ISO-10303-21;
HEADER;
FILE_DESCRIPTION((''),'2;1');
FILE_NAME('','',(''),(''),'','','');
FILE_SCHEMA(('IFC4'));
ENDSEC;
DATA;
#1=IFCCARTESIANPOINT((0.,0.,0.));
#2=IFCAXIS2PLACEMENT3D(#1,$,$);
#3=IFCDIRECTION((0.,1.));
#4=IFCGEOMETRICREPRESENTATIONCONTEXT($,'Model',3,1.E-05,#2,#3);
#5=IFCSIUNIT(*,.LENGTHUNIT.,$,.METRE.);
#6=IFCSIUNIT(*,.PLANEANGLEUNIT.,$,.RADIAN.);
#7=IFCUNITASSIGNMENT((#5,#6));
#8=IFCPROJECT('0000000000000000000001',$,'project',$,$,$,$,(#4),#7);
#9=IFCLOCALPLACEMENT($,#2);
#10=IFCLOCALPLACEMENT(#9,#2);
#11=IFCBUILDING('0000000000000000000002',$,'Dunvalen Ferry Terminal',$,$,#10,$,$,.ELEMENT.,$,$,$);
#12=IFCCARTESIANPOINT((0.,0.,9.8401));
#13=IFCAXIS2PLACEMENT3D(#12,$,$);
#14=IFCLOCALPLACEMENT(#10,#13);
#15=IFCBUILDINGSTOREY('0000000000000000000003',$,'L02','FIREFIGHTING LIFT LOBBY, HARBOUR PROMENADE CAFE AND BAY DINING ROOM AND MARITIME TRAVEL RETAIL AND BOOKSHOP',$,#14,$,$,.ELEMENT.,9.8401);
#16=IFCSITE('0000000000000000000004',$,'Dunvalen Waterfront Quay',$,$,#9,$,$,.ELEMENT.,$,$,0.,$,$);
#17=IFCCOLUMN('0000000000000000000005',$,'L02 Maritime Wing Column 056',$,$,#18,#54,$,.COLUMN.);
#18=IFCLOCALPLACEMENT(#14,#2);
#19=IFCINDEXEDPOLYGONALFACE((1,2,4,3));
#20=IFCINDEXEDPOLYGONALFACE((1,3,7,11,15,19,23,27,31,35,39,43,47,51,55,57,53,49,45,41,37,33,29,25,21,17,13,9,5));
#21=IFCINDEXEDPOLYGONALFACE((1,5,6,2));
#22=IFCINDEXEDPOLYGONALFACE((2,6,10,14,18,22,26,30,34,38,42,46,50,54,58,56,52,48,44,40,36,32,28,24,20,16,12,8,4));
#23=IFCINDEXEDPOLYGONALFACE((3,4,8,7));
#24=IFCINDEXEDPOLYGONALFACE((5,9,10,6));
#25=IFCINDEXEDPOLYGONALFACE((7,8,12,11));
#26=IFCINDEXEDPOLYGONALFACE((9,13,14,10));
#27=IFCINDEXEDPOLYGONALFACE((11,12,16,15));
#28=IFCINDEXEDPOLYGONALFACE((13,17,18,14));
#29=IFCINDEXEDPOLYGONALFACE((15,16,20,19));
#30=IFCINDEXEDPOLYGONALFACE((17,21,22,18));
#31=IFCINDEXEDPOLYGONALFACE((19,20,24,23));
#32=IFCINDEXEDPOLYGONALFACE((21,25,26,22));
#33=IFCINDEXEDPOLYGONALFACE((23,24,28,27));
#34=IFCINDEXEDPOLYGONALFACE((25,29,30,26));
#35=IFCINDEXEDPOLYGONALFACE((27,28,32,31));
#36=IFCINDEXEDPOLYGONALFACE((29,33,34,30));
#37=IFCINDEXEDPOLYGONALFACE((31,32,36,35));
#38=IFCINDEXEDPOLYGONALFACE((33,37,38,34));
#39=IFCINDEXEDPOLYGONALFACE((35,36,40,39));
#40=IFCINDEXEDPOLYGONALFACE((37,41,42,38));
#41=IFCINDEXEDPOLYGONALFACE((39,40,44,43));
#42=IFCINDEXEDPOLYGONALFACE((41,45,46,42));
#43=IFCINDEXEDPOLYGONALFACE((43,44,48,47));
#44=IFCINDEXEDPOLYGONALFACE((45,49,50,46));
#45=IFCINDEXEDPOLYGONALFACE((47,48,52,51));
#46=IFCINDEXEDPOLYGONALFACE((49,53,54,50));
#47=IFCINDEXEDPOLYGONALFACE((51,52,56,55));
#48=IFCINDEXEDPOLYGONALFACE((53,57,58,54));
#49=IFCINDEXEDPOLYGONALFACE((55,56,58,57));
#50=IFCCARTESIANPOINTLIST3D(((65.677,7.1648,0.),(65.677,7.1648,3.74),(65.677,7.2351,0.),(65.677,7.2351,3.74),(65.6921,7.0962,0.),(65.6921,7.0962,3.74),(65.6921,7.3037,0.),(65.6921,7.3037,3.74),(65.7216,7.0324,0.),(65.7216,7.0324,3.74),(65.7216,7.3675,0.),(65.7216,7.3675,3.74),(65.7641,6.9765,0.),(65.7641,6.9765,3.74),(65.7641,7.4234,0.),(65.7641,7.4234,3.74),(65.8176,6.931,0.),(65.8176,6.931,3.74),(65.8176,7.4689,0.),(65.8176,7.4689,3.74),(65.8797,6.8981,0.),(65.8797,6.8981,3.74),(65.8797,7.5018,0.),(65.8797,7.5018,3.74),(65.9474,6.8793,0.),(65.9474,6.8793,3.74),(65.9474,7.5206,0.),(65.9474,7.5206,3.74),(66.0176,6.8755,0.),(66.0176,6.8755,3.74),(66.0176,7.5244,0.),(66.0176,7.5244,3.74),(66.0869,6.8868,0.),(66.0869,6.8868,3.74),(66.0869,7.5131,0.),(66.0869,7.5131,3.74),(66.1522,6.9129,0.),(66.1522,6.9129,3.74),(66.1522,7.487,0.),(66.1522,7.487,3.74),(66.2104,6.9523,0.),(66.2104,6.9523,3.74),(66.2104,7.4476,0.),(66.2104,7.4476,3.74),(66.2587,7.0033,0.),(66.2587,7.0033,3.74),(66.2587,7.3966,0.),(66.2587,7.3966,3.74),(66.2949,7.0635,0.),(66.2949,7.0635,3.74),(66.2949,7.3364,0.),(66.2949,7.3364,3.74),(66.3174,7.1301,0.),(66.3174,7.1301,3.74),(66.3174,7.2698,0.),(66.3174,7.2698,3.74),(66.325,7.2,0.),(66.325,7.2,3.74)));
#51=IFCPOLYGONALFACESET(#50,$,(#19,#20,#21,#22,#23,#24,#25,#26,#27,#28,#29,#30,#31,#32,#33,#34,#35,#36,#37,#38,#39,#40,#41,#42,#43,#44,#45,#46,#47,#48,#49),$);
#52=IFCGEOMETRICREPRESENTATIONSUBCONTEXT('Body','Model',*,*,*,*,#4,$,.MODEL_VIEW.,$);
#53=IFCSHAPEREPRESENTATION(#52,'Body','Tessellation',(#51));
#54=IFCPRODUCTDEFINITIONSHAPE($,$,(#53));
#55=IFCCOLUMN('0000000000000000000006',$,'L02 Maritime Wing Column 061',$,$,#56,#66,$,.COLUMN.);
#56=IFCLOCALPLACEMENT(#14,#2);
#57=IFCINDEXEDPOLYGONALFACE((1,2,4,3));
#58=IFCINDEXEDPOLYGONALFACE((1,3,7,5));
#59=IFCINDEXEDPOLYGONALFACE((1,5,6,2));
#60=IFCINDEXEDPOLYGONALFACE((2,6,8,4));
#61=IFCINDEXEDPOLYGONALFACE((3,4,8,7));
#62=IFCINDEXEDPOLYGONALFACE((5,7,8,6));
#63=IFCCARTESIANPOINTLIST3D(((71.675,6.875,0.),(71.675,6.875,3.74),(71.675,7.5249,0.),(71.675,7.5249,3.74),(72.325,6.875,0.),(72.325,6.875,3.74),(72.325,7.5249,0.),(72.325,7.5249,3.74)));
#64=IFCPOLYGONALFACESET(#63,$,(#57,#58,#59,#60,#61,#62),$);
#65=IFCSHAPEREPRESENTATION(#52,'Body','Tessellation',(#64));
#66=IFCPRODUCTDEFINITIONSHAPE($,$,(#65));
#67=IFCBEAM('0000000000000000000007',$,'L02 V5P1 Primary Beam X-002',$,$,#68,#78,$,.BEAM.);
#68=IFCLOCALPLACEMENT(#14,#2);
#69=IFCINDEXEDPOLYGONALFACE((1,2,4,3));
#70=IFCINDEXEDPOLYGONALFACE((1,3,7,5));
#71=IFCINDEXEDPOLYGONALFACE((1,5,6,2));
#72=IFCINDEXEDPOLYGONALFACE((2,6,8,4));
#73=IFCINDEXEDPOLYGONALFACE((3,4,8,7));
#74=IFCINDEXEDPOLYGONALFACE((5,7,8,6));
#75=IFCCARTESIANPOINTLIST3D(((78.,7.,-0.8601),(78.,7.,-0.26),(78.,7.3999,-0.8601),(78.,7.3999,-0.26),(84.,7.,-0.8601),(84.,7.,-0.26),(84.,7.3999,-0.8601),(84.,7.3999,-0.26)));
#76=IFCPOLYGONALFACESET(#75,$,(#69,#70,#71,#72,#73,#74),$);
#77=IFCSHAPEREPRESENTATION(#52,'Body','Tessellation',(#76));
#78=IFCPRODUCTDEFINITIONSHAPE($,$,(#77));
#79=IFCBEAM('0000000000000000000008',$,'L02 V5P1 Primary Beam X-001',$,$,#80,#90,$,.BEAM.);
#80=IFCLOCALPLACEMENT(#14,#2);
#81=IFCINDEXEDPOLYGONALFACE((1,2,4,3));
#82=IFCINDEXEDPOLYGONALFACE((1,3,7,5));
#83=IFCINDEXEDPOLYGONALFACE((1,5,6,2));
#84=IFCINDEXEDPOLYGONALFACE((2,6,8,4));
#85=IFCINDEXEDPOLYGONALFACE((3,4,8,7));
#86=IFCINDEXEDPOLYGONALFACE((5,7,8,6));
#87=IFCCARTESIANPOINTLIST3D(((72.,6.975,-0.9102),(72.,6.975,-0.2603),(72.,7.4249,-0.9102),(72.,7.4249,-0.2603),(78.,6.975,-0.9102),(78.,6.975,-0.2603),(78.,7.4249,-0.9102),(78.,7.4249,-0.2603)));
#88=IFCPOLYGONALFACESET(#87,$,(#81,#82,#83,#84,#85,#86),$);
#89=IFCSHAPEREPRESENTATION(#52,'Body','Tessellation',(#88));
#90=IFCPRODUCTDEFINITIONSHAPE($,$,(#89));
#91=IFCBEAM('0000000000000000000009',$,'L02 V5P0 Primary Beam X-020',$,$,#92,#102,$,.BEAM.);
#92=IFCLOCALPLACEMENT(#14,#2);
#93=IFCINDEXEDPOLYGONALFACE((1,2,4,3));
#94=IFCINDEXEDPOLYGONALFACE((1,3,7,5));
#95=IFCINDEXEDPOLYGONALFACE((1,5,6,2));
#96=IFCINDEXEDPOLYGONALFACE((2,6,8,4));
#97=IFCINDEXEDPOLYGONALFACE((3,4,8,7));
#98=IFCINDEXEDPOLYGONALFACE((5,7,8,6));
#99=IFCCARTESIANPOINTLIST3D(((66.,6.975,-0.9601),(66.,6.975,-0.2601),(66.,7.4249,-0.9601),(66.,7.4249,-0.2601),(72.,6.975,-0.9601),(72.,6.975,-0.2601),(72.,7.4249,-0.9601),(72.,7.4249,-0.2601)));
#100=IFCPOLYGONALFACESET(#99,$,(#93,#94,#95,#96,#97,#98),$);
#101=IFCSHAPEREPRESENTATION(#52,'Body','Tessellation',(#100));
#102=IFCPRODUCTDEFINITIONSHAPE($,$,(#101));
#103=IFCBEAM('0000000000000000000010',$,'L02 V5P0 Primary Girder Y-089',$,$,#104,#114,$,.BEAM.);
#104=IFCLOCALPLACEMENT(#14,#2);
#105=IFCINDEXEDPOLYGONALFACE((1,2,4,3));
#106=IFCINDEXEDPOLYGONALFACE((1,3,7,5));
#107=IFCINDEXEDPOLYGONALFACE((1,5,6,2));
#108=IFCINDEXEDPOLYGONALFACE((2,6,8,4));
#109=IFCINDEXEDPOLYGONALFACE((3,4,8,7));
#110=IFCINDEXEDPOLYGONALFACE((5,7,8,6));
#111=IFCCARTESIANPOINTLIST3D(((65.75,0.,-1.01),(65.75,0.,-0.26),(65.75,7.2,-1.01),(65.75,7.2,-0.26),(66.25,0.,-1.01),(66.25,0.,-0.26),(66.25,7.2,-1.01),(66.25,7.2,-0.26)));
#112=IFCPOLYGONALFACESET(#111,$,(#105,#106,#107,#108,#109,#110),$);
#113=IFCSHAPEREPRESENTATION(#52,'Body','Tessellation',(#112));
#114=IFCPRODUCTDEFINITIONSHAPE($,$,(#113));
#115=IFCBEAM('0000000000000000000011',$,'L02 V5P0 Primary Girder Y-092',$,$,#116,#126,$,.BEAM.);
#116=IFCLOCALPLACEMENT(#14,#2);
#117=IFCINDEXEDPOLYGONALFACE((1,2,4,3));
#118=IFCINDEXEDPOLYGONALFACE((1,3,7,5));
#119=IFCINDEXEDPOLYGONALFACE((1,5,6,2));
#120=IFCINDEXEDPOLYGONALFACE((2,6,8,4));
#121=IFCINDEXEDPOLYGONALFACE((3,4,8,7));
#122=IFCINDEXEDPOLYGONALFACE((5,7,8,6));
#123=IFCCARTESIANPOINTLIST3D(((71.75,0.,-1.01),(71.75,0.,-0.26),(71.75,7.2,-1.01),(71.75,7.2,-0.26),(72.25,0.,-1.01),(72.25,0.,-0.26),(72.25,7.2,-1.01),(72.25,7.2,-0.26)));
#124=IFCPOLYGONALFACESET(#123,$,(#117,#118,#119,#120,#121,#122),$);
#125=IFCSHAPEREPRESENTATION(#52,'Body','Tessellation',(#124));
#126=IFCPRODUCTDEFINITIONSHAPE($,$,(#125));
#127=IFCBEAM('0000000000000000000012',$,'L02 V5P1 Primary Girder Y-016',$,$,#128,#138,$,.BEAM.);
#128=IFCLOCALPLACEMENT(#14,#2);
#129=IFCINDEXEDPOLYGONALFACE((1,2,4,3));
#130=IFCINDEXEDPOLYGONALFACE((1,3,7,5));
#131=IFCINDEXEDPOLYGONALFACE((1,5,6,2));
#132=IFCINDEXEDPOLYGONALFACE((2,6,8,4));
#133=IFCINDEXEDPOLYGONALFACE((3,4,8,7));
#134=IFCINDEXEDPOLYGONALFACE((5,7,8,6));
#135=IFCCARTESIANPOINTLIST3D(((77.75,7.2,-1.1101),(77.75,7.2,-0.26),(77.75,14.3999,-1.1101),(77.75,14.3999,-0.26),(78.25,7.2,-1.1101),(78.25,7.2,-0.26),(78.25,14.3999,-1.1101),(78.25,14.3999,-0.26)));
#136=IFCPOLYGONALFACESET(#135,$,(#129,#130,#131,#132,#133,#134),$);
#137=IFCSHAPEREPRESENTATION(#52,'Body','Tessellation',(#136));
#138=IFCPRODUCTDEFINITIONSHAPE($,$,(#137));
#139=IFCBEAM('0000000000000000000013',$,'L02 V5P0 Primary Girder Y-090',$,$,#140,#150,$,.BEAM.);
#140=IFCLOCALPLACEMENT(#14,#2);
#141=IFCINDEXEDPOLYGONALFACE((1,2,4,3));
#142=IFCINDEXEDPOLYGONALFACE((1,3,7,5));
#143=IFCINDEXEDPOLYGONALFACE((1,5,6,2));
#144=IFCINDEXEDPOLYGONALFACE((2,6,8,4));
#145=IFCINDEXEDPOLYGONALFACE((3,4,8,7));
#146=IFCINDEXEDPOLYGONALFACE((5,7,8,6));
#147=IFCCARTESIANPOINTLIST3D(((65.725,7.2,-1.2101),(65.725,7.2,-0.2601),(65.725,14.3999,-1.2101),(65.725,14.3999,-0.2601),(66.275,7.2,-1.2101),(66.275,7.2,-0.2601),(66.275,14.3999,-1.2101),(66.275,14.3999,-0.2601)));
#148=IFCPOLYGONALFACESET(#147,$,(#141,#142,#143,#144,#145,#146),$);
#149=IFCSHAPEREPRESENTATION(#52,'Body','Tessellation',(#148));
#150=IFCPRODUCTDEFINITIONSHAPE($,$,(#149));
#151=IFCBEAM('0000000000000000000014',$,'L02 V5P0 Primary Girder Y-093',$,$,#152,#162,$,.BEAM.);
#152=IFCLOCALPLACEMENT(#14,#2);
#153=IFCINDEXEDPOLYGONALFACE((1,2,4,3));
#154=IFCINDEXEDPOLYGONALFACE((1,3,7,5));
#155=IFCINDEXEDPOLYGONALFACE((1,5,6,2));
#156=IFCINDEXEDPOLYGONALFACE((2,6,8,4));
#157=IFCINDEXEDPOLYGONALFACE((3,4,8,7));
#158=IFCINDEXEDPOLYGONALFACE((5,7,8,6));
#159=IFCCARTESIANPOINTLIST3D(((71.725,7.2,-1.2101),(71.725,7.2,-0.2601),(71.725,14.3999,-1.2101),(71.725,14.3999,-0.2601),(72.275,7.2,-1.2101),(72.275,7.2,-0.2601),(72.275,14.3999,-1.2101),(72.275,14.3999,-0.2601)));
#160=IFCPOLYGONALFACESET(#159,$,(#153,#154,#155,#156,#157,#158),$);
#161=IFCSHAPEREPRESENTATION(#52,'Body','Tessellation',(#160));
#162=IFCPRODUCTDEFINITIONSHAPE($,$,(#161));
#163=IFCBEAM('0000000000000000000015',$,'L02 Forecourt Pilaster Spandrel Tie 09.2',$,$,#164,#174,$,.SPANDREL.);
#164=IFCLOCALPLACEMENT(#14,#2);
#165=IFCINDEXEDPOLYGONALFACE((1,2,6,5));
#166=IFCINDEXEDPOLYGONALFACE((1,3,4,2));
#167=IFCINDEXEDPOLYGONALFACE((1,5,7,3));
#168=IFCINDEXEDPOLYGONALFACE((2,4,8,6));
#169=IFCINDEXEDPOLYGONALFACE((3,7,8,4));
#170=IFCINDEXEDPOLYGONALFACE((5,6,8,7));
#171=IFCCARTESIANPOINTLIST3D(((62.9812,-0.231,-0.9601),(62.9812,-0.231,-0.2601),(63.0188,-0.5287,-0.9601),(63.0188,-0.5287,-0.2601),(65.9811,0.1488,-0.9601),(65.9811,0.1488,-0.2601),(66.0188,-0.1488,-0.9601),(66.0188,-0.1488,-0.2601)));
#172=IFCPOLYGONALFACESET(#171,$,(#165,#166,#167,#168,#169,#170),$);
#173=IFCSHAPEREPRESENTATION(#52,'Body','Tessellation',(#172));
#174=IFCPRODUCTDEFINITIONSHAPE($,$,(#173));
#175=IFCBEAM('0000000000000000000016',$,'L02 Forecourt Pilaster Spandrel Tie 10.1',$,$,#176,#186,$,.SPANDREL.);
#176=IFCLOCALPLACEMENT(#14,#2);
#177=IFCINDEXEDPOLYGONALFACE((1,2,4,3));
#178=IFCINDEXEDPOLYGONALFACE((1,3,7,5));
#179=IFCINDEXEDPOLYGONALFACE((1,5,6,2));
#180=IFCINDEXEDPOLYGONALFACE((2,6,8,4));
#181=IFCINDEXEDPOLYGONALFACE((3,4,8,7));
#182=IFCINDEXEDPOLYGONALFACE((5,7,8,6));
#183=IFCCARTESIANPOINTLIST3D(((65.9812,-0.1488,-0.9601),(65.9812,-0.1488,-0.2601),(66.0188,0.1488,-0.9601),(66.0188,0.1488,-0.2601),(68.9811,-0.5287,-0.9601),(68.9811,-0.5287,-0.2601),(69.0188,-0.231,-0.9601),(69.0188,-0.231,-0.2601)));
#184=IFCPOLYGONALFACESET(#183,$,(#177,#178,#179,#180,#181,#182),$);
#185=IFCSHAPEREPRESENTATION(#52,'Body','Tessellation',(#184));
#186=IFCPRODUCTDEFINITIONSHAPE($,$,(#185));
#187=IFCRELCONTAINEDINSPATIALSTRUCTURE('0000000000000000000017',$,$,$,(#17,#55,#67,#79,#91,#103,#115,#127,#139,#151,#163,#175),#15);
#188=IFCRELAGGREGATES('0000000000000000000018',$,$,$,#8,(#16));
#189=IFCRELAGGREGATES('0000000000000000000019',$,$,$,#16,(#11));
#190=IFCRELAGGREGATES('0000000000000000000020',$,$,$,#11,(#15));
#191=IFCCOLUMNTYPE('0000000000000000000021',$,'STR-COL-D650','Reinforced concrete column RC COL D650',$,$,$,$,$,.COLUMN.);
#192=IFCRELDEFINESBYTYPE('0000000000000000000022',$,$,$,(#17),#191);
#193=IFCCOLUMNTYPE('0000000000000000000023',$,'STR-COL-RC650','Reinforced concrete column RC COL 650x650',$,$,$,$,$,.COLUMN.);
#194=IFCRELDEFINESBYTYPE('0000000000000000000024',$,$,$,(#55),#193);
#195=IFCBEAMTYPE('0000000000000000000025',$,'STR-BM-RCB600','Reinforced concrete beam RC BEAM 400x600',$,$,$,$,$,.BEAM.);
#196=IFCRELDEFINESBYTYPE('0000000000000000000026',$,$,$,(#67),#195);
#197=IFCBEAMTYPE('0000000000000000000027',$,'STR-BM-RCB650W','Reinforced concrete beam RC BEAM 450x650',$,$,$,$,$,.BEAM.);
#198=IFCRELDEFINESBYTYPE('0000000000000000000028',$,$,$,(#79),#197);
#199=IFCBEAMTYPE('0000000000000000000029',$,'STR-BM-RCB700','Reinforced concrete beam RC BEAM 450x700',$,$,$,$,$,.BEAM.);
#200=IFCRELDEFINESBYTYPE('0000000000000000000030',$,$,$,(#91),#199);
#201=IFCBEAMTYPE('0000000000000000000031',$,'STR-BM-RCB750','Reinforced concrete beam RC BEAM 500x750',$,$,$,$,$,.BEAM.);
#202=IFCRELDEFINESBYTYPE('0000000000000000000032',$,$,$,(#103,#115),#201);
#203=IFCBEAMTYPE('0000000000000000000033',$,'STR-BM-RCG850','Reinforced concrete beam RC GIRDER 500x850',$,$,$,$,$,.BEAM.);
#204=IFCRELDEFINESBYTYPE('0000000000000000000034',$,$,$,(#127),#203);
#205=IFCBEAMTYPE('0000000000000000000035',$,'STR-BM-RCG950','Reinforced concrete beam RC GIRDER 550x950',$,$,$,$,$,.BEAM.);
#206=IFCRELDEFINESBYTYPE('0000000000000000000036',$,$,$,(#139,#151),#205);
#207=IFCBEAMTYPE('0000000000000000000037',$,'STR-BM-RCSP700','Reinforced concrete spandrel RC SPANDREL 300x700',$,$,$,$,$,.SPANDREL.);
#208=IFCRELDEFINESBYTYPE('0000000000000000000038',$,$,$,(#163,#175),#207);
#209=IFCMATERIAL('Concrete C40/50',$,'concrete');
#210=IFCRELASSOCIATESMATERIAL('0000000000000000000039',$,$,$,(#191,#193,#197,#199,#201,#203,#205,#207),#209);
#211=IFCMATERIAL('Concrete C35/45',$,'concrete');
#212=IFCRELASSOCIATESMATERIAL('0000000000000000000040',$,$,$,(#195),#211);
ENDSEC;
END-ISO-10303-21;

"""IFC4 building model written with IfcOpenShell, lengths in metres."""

from ifc_helpers import new_model, si_unit, direction, frame, origin, origin_2d, place, context, subcontext, project, spatial, rectangle, circle, extrude, material, material_profile, profile_set, type_object, element, save


model = new_model("IFC4")

# Units and contexts
model_context = context("Model", 3, precision=1e-05, world=origin(), true_north=direction((0.0, 1.0)))
body_context = subcontext(model_context, "Body", "Model", "MODEL_VIEW")
ifc_project = project(units=[si_unit("LENGTHUNIT", "METRE"), si_unit("PLANEANGLEUNIT", "RADIAN")], contexts=[model_context])

# Site, building, storey
site_placement = place(None, origin())
site = spatial("IfcSite", under=ifc_project, at=site_placement, Name="Dunvalen Waterfront Quay", CompositionType="ELEMENT", RefElevation=0.0)
building_placement = place(site_placement, origin())
building = spatial("IfcBuilding", under=site, at=building_placement, Name="Dunvalen Ferry Terminal", CompositionType="ELEMENT")
storey_placement = place(building_placement, frame((0.0, 0.0, 9.8401)))
storey = spatial("IfcBuildingStorey", under=building, at=storey_placement, Name="L02", Description="FIREFIGHTING LIFT LOBBY, HARBOUR PROMENADE CAFE AND BAY DINING ROOM AND MARITIME TRAVEL RETAIL AND BOOKSHOP", CompositionType="ELEMENT", Elevation=9.8401)

# Columns
ifc_material_1 = material(Name="Concrete C40/50", Category="concrete")
ifc_material_profile_1 = material_profile(ifc_material_1, circle(Radius=0.325, at=origin_2d()), Name="Concrete C40/50")
ifc_profile_set_1 = profile_set([ifc_material_profile_1], Name="Concrete C40/50")
column_type_1 = type_object("IfcColumnType", Name="STR-COL-D650", Description="Reinforced concrete column RC COL D650", PredefinedType="COLUMN", material=ifc_profile_set_1)
column_1_placement = place(storey_placement, frame((66.0, 7.2, 0.0), z_axis=(0.0, 0.0, 1.0), x_axis=(1.0, 0.0, 0.0)))
element("IfcColumn", 1, at=column_1_placement, inside=storey, type_object=column_type_1, Name="L02 Maritime Wing Column 056", PredefinedType="COLUMN", context=body_context, shape_type="SweptSolid", body=[
    extrude(circle(Radius=0.325, at=origin_2d()), origin(), (0.0, 0.0, 1.0), 3.74),
])
ifc_material_profile_2 = material_profile(ifc_material_1, rectangle(XDim=0.6499, YDim=0.6499, at=origin_2d()), Name="Concrete C40/50")
ifc_profile_set_2 = profile_set([ifc_material_profile_2], Name="Concrete C40/50")
column_type_2 = type_object("IfcColumnType", Name="STR-COL-RC650", Description="Reinforced concrete column RC COL 650x650", PredefinedType="COLUMN", material=ifc_profile_set_2)
column_2_placement = place(storey_placement, frame((72.0, 7.2, 0.0), z_axis=(0.0, 0.0, 1.0), x_axis=(1.0, 0.0, 0.0)))
element("IfcColumn", 2, at=column_2_placement, inside=storey, type_object=column_type_2, Name="L02 Maritime Wing Column 061", PredefinedType="COLUMN", context=body_context, shape_type="SweptSolid", body=[
    extrude(rectangle(XDim=0.6499, YDim=0.6499, at=origin_2d()), origin(), (0.0, 0.0, 1.0), 3.74),
])

# Beams
ifc_material_2 = material(Name="Concrete C35/45", Category="concrete")
ifc_material_profile_3 = material_profile(ifc_material_2, rectangle(XDim=0.3999, YDim=0.6001, at=origin_2d()), Name="Concrete C35/45")
ifc_profile_set_3 = profile_set([ifc_material_profile_3], Name="Concrete C35/45")
beam_type_1 = type_object("IfcBeamType", Name="STR-BM-RCB600", Description="Reinforced concrete beam RC BEAM 400x600", PredefinedType="BEAM", material=ifc_profile_set_3)
beam_1_placement = place(storey_placement, frame((78.0, 7.2, -0.5601), z_axis=(1.0, 0.0, 0.0), x_axis=(0.0, 1.0, 0.0)))
element("IfcBeam", 3, at=beam_1_placement, inside=storey, type_object=beam_type_1, Name="L02 V5P1 Primary Beam X-002", PredefinedType="BEAM", context=body_context, shape_type="SweptSolid", body=[
    extrude(rectangle(XDim=0.3999, YDim=0.6001, at=origin_2d()), origin(), (0.0, 0.0, 1.0), 6.0),
])
ifc_material_profile_4 = material_profile(ifc_material_1, rectangle(XDim=0.45, YDim=0.6499, at=origin_2d()), Name="Concrete C40/50")
ifc_profile_set_4 = profile_set([ifc_material_profile_4], Name="Concrete C40/50")
beam_type_2 = type_object("IfcBeamType", Name="STR-BM-RCB650W", Description="Reinforced concrete beam RC BEAM 450x650", PredefinedType="BEAM", material=ifc_profile_set_4)
beam_2_placement = place(storey_placement, frame((72.0, 7.2, -0.5852), z_axis=(1.0, 0.0, 0.0), x_axis=(0.0, 1.0, 0.0)))
element("IfcBeam", 4, at=beam_2_placement, inside=storey, type_object=beam_type_2, Name="L02 V5P1 Primary Beam X-001", PredefinedType="BEAM", context=body_context, shape_type="SweptSolid", body=[
    extrude(rectangle(XDim=0.45, YDim=0.6499, at=origin_2d()), origin(), (0.0, 0.0, 1.0), 6.0),
])
ifc_material_profile_5 = material_profile(ifc_material_1, rectangle(XDim=0.45, YDim=0.7, at=origin_2d()), Name="Concrete C40/50")
ifc_profile_set_5 = profile_set([ifc_material_profile_5], Name="Concrete C40/50")
beam_type_3 = type_object("IfcBeamType", Name="STR-BM-RCB700", Description="Reinforced concrete beam RC BEAM 450x700", PredefinedType="BEAM", material=ifc_profile_set_5)
beam_3_placement = place(storey_placement, frame((66.0, 7.2, -0.6101), z_axis=(1.0, 0.0, 0.0), x_axis=(0.0, 1.0, 0.0)))
element("IfcBeam", 5, at=beam_3_placement, inside=storey, type_object=beam_type_3, Name="L02 V5P0 Primary Beam X-020", PredefinedType="BEAM", context=body_context, shape_type="SweptSolid", body=[
    extrude(rectangle(XDim=0.45, YDim=0.7, at=origin_2d()), origin(), (0.0, 0.0, 1.0), 6.0),
])
ifc_material_profile_6 = material_profile(ifc_material_1, rectangle(XDim=0.5, YDim=0.75, at=origin_2d()), Name="Concrete C40/50")
ifc_profile_set_6 = profile_set([ifc_material_profile_6], Name="Concrete C40/50")
beam_type_4 = type_object("IfcBeamType", Name="STR-BM-RCB750", Description="Reinforced concrete beam RC BEAM 500x750", PredefinedType="BEAM", material=ifc_profile_set_6)
for number, where, z_axis, x_axis, name in (
    (6, (66.0, 0.0, -0.635), (0.0, 1.0, 0.0), (-1.0, 0.0, 0.0), "L02 V5P0 Primary Girder Y-089"),
    (7, (72.0, 0.0, -0.635), (0.0, 1.0, 0.0), (-1.0, 0.0, 0.0), "L02 V5P0 Primary Girder Y-092"),
):
    element("IfcBeam", number, at=place(storey_placement, frame(where, z_axis=z_axis, x_axis=x_axis)), inside=storey, type_object=beam_type_4, Name=name, PredefinedType="BEAM", context=body_context, shape_type="SweptSolid", body=[
        extrude(rectangle(XDim=0.5, YDim=0.75, at=origin_2d()), origin(), (0.0, 0.0, 1.0), 7.2),
    ])
ifc_material_profile_7 = material_profile(ifc_material_1, rectangle(XDim=0.5, YDim=0.8501, at=origin_2d()), Name="Concrete C40/50")
ifc_profile_set_7 = profile_set([ifc_material_profile_7], Name="Concrete C40/50")
beam_type_5 = type_object("IfcBeamType", Name="STR-BM-RCG850", Description="Reinforced concrete beam RC GIRDER 500x850", PredefinedType="BEAM", material=ifc_profile_set_7)
beam_4_placement = place(storey_placement, frame((78.0, 7.2, -0.6851), z_axis=(0.0, 1.0, 0.0), x_axis=(-1.0, 0.0, 0.0)))
element("IfcBeam", 8, at=beam_4_placement, inside=storey, type_object=beam_type_5, Name="L02 V5P1 Primary Girder Y-016", PredefinedType="BEAM", context=body_context, shape_type="SweptSolid", body=[
    extrude(rectangle(XDim=0.5, YDim=0.8501, at=origin_2d()), origin(), (0.0, 0.0, 1.0), 7.2),
])
ifc_material_profile_8 = material_profile(ifc_material_1, rectangle(XDim=0.55, YDim=0.95, at=origin_2d()), Name="Concrete C40/50")
ifc_profile_set_8 = profile_set([ifc_material_profile_8], Name="Concrete C40/50")
beam_type_6 = type_object("IfcBeamType", Name="STR-BM-RCG950", Description="Reinforced concrete beam RC GIRDER 550x950", PredefinedType="BEAM", material=ifc_profile_set_8)
for number, where, z_axis, x_axis, name in (
    (9, (66.0, 7.2, -0.7351), (0.0, 1.0, 0.0), (-1.0, 0.0, 0.0), "L02 V5P0 Primary Girder Y-090"),
    (10, (72.0, 7.2, -0.7351), (0.0, 1.0, 0.0), (-1.0, 0.0, 0.0), "L02 V5P0 Primary Girder Y-093"),
):
    element("IfcBeam", number, at=place(storey_placement, frame(where, z_axis=z_axis, x_axis=x_axis)), inside=storey, type_object=beam_type_6, Name=name, PredefinedType="BEAM", context=body_context, shape_type="SweptSolid", body=[
        extrude(rectangle(XDim=0.55, YDim=0.95, at=origin_2d()), origin(), (0.0, 0.0, 1.0), 7.2),
    ])
ifc_material_profile_9 = material_profile(ifc_material_1, rectangle(XDim=0.3, YDim=0.7, at=origin_2d()), Name="Concrete C40/50")
ifc_profile_set_9 = profile_set([ifc_material_profile_9], Name="Concrete C40/50")
beam_type_7 = type_object("IfcBeamType", Name="STR-BM-RCSP700", Description="Reinforced concrete spandrel RC SPANDREL 300x700", PredefinedType="SPANDREL", material=ifc_profile_set_9)
for number, where, z_axis, x_axis, name in (
    (11, (63.0, -0.3799, -0.6101), (0.992078, 0.125624, 0.0), (-0.125624, 0.992078, 0.0), "L02 Forecourt Pilaster Spandrel Tie 09.2"),
    (12, (66.0, 0.0, -0.6101), (0.992078, -0.125624, 0.0), (0.125624, 0.992078, 0.0), "L02 Forecourt Pilaster Spandrel Tie 10.1"),
):
    element("IfcBeam", number, at=place(storey_placement, frame(where, z_axis=z_axis, x_axis=x_axis)), inside=storey, type_object=beam_type_7, Name=name, PredefinedType="SPANDREL", context=body_context, shape_type="SweptSolid", body=[
        extrude(rectangle(XDim=0.3, YDim=0.7, at=origin_2d()), origin(), (0.0, 0.0, 1.0), 3.0239),
    ])

save(model, "model.ifc")
